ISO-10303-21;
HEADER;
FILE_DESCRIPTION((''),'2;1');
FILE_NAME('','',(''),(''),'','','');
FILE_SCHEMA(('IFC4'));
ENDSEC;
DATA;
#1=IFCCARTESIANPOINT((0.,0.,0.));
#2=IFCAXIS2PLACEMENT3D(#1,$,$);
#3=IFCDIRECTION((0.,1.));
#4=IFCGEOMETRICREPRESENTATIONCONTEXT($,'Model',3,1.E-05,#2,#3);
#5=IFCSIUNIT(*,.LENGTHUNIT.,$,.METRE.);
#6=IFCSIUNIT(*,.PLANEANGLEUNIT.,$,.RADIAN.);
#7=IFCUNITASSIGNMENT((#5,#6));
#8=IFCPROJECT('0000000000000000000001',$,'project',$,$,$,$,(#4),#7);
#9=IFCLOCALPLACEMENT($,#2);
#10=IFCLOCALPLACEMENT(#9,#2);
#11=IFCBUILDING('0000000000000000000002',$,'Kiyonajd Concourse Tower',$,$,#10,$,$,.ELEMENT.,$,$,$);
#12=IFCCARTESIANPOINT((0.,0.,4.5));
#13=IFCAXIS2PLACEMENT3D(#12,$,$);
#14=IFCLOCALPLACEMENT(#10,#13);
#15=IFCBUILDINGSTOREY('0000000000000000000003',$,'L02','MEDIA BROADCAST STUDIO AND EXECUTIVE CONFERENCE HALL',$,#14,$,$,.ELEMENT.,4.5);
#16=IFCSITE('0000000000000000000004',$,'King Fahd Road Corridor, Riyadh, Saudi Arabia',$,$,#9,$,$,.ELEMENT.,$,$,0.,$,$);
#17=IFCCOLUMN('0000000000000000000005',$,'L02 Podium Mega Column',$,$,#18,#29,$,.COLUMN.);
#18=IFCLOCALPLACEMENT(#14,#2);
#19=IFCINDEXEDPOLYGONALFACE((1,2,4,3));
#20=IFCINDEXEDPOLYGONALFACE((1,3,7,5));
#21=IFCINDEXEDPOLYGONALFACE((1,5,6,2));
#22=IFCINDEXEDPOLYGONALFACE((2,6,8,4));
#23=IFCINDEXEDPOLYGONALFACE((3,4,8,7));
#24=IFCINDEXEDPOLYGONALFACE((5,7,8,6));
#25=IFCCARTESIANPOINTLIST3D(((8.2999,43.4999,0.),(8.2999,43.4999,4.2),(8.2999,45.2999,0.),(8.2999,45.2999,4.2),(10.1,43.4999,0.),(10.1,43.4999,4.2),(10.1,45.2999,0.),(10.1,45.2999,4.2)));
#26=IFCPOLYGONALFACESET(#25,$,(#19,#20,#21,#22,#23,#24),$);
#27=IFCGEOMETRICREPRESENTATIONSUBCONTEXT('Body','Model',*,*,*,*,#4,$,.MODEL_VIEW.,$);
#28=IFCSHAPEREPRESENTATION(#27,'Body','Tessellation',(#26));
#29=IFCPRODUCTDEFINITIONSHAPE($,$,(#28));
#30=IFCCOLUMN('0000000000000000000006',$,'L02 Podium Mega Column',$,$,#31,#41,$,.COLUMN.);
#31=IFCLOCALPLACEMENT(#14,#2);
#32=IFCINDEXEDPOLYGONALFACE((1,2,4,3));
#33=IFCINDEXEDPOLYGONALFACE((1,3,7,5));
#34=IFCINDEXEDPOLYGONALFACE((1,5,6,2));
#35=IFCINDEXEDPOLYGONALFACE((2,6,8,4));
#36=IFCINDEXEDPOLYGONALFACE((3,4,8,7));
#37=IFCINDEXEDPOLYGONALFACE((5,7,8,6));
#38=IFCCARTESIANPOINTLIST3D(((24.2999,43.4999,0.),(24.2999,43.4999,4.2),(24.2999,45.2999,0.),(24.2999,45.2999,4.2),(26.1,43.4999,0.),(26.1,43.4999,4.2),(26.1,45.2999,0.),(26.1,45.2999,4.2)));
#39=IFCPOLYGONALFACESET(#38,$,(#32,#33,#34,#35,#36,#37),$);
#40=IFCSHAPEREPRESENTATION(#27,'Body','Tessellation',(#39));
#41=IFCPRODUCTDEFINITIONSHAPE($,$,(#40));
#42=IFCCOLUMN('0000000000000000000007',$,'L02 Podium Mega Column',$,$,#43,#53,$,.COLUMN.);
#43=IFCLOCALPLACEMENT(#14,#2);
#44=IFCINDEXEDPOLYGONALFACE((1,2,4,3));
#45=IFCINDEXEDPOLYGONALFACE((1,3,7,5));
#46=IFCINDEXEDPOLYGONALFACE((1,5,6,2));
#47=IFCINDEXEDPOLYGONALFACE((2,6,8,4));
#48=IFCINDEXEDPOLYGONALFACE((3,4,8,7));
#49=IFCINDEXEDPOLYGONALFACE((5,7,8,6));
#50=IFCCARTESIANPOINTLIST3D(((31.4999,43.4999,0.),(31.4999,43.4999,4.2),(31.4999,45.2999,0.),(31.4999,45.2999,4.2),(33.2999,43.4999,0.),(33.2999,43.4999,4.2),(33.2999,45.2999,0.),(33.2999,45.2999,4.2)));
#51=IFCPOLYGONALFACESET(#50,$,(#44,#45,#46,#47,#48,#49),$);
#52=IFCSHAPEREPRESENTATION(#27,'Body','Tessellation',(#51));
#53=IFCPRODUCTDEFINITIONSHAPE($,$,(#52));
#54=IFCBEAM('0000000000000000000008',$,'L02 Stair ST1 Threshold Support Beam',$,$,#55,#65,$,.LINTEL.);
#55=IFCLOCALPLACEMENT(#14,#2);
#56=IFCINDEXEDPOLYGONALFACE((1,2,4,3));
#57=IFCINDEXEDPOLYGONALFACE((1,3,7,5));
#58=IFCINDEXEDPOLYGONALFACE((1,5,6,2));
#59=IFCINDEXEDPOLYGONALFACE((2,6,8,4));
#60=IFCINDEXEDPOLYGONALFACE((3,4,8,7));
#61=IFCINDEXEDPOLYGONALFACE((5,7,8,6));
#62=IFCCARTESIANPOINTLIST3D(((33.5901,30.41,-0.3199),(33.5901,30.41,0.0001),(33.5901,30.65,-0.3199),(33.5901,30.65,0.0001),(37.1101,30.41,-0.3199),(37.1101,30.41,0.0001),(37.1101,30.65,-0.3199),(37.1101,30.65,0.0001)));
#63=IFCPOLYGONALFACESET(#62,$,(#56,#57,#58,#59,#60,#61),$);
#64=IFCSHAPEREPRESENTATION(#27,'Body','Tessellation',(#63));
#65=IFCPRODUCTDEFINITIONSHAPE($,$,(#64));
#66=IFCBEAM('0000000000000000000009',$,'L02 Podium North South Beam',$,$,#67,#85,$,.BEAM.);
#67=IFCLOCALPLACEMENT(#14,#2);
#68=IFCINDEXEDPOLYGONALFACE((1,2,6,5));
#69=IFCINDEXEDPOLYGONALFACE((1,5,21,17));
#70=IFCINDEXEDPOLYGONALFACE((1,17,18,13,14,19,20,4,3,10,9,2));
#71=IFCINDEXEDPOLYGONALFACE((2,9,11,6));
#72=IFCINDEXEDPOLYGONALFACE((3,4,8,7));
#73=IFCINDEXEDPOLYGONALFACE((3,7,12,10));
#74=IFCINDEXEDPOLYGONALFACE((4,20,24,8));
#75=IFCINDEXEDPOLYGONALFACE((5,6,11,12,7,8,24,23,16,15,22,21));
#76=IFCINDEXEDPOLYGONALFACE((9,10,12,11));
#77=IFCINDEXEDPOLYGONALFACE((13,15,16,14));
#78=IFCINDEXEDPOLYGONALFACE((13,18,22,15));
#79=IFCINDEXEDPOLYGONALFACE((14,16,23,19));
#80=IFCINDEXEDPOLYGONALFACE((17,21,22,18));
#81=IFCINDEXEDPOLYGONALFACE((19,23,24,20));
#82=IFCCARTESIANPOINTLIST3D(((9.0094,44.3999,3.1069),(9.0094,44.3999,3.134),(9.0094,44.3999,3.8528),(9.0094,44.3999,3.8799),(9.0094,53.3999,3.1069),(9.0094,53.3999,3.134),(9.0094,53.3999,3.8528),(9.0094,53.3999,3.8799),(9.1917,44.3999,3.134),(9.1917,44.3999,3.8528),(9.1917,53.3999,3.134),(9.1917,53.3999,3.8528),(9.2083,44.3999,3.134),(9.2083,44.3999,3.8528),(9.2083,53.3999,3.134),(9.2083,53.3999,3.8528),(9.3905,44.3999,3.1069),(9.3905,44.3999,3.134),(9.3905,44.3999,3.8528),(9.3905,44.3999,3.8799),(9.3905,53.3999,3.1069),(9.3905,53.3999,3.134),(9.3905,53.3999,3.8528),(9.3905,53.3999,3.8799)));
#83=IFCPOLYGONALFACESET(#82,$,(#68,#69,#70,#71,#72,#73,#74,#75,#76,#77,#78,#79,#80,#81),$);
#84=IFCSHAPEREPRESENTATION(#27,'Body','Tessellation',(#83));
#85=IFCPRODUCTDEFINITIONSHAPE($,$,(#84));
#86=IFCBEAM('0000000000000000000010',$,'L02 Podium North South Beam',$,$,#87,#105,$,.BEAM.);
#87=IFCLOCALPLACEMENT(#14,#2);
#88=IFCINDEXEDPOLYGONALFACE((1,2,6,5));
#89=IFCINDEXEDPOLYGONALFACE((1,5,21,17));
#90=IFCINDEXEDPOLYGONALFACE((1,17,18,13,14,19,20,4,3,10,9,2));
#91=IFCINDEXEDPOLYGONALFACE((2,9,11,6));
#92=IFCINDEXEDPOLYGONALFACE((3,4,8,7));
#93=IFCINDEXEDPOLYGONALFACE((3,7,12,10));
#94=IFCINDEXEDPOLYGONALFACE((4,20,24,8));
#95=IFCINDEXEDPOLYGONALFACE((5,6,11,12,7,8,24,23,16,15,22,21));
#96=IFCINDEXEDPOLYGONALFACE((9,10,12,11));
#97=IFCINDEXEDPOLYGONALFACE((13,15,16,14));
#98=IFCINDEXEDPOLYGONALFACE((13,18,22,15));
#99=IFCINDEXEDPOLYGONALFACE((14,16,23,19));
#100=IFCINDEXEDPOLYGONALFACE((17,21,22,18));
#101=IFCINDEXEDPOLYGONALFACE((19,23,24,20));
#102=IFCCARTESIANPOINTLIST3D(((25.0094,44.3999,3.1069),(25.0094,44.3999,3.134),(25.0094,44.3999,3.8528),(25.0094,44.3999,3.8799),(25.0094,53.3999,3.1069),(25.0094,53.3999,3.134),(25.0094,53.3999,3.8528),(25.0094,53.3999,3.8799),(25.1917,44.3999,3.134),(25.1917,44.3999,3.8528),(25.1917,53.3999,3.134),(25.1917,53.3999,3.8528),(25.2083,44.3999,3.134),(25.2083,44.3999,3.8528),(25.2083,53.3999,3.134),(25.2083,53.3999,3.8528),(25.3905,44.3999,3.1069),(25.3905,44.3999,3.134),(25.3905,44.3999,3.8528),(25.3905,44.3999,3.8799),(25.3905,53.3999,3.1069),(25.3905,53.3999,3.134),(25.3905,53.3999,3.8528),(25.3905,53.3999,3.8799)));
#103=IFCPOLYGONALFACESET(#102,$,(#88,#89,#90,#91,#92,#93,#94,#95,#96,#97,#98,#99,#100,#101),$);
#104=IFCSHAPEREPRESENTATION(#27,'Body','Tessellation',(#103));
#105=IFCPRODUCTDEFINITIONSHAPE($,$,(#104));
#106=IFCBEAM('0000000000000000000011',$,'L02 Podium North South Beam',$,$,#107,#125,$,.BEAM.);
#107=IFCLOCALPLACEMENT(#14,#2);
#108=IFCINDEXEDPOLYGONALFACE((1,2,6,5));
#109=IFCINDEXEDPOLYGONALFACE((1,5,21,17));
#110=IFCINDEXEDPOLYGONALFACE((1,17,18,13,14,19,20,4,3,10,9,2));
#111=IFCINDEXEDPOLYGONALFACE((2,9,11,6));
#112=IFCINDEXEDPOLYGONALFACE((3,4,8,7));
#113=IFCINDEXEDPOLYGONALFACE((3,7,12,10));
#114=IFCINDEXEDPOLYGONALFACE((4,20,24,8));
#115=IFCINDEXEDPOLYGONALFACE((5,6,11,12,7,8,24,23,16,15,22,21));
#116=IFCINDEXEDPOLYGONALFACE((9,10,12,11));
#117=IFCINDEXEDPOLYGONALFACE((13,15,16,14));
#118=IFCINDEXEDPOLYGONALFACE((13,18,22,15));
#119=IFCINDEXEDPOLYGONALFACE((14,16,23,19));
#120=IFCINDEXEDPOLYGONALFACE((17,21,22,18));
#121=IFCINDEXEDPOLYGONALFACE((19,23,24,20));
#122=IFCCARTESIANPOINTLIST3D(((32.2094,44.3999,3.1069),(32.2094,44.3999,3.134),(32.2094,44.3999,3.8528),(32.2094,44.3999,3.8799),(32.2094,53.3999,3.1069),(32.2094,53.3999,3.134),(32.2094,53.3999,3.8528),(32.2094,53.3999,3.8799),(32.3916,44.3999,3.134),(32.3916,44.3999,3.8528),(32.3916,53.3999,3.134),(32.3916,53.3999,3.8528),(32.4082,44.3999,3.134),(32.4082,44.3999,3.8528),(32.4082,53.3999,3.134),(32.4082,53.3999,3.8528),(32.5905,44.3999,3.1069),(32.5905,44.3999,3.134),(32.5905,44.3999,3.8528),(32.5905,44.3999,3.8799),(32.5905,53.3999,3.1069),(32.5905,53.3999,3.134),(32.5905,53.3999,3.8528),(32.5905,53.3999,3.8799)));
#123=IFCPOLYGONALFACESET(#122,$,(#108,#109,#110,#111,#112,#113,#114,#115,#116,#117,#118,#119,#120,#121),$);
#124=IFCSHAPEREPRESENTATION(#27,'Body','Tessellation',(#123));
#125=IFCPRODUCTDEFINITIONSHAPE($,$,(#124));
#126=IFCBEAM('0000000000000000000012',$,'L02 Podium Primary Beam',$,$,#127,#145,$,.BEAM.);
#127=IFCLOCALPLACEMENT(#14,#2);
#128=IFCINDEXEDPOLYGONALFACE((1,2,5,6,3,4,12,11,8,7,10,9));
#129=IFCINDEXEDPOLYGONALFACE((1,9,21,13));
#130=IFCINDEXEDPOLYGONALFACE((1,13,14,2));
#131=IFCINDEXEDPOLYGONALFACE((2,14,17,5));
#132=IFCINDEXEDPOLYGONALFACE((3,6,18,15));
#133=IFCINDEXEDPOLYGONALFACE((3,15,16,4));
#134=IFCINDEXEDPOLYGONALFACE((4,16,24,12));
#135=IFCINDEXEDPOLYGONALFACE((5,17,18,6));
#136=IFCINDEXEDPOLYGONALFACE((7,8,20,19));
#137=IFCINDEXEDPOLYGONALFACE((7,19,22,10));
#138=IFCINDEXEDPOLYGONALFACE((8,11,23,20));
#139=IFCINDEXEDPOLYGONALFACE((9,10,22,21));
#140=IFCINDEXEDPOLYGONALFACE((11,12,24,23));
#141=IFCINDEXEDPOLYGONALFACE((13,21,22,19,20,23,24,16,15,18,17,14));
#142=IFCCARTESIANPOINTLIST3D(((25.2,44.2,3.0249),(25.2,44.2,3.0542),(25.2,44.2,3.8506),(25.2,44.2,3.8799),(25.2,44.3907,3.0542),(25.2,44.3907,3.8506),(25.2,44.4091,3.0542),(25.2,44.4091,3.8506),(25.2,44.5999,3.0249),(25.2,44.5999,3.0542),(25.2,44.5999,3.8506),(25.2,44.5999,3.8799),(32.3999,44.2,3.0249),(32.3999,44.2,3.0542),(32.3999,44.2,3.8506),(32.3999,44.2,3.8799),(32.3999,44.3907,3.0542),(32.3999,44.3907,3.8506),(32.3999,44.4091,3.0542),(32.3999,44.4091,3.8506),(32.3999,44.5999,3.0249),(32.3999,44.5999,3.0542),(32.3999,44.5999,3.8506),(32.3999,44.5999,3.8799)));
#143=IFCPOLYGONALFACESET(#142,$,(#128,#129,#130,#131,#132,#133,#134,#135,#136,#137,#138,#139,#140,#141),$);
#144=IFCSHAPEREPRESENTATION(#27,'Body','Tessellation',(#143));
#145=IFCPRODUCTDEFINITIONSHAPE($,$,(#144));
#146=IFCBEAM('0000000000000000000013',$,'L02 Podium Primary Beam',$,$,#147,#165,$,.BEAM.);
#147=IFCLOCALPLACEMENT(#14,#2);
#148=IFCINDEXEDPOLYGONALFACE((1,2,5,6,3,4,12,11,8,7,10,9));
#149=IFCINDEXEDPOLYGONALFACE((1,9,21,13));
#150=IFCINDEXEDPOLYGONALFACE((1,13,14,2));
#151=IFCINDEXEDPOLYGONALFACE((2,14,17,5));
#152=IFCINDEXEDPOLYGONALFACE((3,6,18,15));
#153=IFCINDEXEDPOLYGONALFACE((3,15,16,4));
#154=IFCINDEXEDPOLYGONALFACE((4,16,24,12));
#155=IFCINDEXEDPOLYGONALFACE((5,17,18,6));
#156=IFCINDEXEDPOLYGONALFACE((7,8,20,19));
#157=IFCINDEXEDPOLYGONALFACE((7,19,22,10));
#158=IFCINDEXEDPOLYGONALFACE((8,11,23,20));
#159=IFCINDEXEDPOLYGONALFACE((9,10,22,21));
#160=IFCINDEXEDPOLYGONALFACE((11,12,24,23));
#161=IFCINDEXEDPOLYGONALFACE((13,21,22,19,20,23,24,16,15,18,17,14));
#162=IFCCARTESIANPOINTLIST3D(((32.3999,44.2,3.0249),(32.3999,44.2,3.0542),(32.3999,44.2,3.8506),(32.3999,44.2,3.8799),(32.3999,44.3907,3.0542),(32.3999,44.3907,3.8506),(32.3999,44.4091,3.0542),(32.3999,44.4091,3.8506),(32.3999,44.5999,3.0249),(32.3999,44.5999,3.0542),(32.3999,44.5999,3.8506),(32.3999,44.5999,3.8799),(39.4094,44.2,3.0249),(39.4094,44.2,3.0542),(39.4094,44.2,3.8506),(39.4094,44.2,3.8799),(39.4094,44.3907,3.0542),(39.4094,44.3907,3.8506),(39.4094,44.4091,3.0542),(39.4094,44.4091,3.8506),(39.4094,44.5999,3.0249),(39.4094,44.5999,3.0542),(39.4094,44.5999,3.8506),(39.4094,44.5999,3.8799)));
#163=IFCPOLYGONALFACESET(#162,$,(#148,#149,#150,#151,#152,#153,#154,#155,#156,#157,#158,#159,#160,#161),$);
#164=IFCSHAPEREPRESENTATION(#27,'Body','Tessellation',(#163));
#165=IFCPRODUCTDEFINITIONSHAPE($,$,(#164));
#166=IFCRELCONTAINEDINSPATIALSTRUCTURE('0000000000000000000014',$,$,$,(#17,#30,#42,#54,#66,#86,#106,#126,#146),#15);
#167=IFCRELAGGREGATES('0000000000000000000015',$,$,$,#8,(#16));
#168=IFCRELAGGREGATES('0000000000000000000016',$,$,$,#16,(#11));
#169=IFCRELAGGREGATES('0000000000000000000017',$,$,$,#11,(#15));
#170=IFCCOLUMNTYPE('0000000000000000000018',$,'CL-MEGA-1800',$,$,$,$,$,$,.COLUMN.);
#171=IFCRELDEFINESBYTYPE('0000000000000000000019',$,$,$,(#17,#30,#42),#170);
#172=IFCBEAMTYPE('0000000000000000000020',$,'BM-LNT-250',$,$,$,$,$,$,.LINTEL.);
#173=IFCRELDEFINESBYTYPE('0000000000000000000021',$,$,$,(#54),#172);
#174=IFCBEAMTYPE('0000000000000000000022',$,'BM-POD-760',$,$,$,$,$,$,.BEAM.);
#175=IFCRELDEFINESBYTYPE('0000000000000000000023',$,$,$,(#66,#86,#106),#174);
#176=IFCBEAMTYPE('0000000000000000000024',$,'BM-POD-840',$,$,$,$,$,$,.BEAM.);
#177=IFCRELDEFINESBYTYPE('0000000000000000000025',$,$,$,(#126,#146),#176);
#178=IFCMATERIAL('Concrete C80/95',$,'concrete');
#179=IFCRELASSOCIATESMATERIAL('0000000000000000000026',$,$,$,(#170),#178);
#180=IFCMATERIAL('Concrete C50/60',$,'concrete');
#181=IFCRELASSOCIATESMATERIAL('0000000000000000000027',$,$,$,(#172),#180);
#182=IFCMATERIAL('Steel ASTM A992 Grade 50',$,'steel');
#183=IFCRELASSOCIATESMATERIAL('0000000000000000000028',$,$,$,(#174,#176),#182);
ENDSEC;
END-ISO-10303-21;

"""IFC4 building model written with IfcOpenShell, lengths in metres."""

from ifc_helpers import new_model, si_unit, direction, frame, origin, origin_2d, place, context, subcontext, project, spatial, rectangle, i_section, extrude, material, material_profile, profile_set, type_object, element, save


model = new_model("IFC4")

# Units and contexts
model_context = context("Model", 3, precision=1e-05, world=origin(), true_north=direction((0.0, 1.0)))
body_context = subcontext(model_context, "Body", "Model", "MODEL_VIEW")
ifc_project = project(units=[si_unit("LENGTHUNIT", "METRE"), si_unit("PLANEANGLEUNIT", "RADIAN")], contexts=[model_context])

# Site, building, storey
site_placement = place(None, origin())
site = spatial("IfcSite", under=ifc_project, at=site_placement, Name="King Fahd Road Corridor, Riyadh, Saudi Arabia", CompositionType="ELEMENT", RefElevation=0.0)
building_placement = place(site_placement, origin())
building = spatial("IfcBuilding", under=site, at=building_placement, Name="Kiyonajd Concourse Tower", CompositionType="ELEMENT")
storey_placement = place(building_placement, frame((0.0, 0.0, 4.5)))
storey = spatial("IfcBuildingStorey", under=building, at=storey_placement, Name="L02", Description="MEDIA BROADCAST STUDIO AND EXECUTIVE CONFERENCE HALL", CompositionType="ELEMENT", Elevation=4.5)

# Columns
ifc_material_1 = material(Name="Concrete C80/95", Category="concrete")
ifc_material_profile_1 = material_profile(ifc_material_1, rectangle(XDim=1.8, YDim=1.8, at=origin_2d()), Name="RC-1800x1800")
ifc_profile_set_1 = profile_set([ifc_material_profile_1], Name="Concrete C80/95")
column_type = type_object("IfcColumnType", Name="CL-MEGA-1800", PredefinedType="COLUMN", material=ifc_profile_set_1)
for number, where, z_axis, x_axis, name in (
    (1, (9.2, 44.3999, 0.0), (0.0, 0.0, 1.0), (1.0, 0.0, 0.0), "L02 Podium Mega Column"),
    (2, (25.2, 44.3999, 0.0), (0.0, 0.0, 1.0), (1.0, 0.0, 0.0), "L02 Podium Mega Column"),
    (3, (32.3999, 44.3999, 0.0), (0.0, 0.0, 1.0), (1.0, 0.0, 0.0), "L02 Podium Mega Column"),
):
    element("IfcColumn", number, at=place(storey_placement, frame(where, z_axis=z_axis, x_axis=x_axis)), inside=storey, type_object=column_type, Name=name, PredefinedType="COLUMN", context=body_context, shape_type="SweptSolid", body=[
        extrude(rectangle(XDim=1.8, YDim=1.8, at=origin_2d()), origin(), (0.0, 0.0, 1.0), 4.2),
    ])

# Beams
ifc_material_2 = material(Name="Concrete C50/60", Category="concrete")
ifc_material_profile_2 = material_profile(ifc_material_2, rectangle(XDim=0.24, YDim=0.3201, at=origin_2d()), Name="RCBM-240x320")
ifc_profile_set_2 = profile_set([ifc_material_profile_2], Name="Concrete C50/60")
beam_type_1 = type_object("IfcBeamType", Name="BM-LNT-250", PredefinedType="LINTEL", material=ifc_profile_set_2)
beam_1_placement = place(storey_placement, frame((33.5901, 30.53, -0.1599), z_axis=(1.0, 0.0, 0.0), x_axis=(0.0, 1.0, 0.0)))
element("IfcBeam", 4, at=beam_1_placement, inside=storey, type_object=beam_type_1, Name="L02 Stair ST1 Threshold Support Beam", PredefinedType="LINTEL", context=body_context, shape_type="SweptSolid", body=[
    extrude(rectangle(XDim=0.24, YDim=0.3201, at=origin_2d()), origin(), (0.0, 0.0, 1.0), 3.52),
])
ifc_material_3 = material(Name="Steel ASTM A992 Grade 50", Category="steel")
ifc_material_profile_3 = material_profile(ifc_material_3, i_section(OverallWidth=0.3811, OverallDepth=0.7729, WebThickness=0.0166, FlangeThickness=0.0271, at=origin_2d()), Name="W760X257")
ifc_profile_set_3 = profile_set([ifc_material_profile_3], Name="Steel ASTM A992 Grade 50")
beam_type_2 = type_object("IfcBeamType", Name="BM-POD-760", PredefinedType="BEAM", material=ifc_profile_set_3)
for number, where, z_axis, x_axis, name in (
    (5, (9.2, 44.3999, 3.4934), (0.0, 1.0, 0.0), (-1.0, 0.0, 0.0), "L02 Podium North South Beam"),
    (6, (25.2, 44.3999, 3.4934), (0.0, 1.0, 0.0), (-1.0, 0.0, 0.0), "L02 Podium North South Beam"),
    (7, (32.3999, 44.3999, 3.4934), (0.0, 1.0, 0.0), (-1.0, 0.0, 0.0), "L02 Podium North South Beam"),
):
    element("IfcBeam", number, at=place(storey_placement, frame(where, z_axis=z_axis, x_axis=x_axis)), inside=storey, type_object=beam_type_2, Name=name, PredefinedType="BEAM", context=body_context, shape_type="SweptSolid", body=[
        extrude(i_section(OverallWidth=0.3811, OverallDepth=0.7729, WebThickness=0.0166, FlangeThickness=0.0271, at=origin_2d()), origin(), (0.0, 0.0, 1.0), 9.0),
    ])
ifc_material_profile_4 = material_profile(ifc_material_3, i_section(OverallWidth=0.3999, OverallDepth=0.855, WebThickness=0.0183, FlangeThickness=0.0293, at=origin_2d()), Name="W840X299")
ifc_profile_set_4 = profile_set([ifc_material_profile_4], Name="Steel ASTM A992 Grade 50")
beam_type_3 = type_object("IfcBeamType", Name="BM-POD-840", PredefinedType="BEAM", material=ifc_profile_set_4)
beam_2_placement = place(storey_placement, frame((25.2, 44.3999, 3.4524), z_axis=(1.0, 0.0, 0.0), x_axis=(0.0, 1.0, 0.0)))
element("IfcBeam", 8, at=beam_2_placement, inside=storey, type_object=beam_type_3, Name="L02 Podium Primary Beam", PredefinedType="BEAM", context=body_context, shape_type="SweptSolid", body=[
    extrude(i_section(OverallWidth=0.3999, OverallDepth=0.855, WebThickness=0.0183, FlangeThickness=0.0293, at=origin_2d()), origin(), (0.0, 0.0, 1.0), 7.2),
])
beam_3_placement = place(storey_placement, frame((32.3999, 44.3999, 3.4524), z_axis=(1.0, 0.0, 0.0), x_axis=(0.0, 1.0, 0.0)))
element("IfcBeam", 9, at=beam_3_placement, inside=storey, type_object=beam_type_3, Name="L02 Podium Primary Beam", PredefinedType="BEAM", context=body_context, shape_type="SweptSolid", body=[
    extrude(i_section(OverallWidth=0.3999, OverallDepth=0.855, WebThickness=0.0183, FlangeThickness=0.0293, at=origin_2d()), origin(), (0.0, 0.0, 1.0), 7.0095),
])

save(model, "model.ifc")
